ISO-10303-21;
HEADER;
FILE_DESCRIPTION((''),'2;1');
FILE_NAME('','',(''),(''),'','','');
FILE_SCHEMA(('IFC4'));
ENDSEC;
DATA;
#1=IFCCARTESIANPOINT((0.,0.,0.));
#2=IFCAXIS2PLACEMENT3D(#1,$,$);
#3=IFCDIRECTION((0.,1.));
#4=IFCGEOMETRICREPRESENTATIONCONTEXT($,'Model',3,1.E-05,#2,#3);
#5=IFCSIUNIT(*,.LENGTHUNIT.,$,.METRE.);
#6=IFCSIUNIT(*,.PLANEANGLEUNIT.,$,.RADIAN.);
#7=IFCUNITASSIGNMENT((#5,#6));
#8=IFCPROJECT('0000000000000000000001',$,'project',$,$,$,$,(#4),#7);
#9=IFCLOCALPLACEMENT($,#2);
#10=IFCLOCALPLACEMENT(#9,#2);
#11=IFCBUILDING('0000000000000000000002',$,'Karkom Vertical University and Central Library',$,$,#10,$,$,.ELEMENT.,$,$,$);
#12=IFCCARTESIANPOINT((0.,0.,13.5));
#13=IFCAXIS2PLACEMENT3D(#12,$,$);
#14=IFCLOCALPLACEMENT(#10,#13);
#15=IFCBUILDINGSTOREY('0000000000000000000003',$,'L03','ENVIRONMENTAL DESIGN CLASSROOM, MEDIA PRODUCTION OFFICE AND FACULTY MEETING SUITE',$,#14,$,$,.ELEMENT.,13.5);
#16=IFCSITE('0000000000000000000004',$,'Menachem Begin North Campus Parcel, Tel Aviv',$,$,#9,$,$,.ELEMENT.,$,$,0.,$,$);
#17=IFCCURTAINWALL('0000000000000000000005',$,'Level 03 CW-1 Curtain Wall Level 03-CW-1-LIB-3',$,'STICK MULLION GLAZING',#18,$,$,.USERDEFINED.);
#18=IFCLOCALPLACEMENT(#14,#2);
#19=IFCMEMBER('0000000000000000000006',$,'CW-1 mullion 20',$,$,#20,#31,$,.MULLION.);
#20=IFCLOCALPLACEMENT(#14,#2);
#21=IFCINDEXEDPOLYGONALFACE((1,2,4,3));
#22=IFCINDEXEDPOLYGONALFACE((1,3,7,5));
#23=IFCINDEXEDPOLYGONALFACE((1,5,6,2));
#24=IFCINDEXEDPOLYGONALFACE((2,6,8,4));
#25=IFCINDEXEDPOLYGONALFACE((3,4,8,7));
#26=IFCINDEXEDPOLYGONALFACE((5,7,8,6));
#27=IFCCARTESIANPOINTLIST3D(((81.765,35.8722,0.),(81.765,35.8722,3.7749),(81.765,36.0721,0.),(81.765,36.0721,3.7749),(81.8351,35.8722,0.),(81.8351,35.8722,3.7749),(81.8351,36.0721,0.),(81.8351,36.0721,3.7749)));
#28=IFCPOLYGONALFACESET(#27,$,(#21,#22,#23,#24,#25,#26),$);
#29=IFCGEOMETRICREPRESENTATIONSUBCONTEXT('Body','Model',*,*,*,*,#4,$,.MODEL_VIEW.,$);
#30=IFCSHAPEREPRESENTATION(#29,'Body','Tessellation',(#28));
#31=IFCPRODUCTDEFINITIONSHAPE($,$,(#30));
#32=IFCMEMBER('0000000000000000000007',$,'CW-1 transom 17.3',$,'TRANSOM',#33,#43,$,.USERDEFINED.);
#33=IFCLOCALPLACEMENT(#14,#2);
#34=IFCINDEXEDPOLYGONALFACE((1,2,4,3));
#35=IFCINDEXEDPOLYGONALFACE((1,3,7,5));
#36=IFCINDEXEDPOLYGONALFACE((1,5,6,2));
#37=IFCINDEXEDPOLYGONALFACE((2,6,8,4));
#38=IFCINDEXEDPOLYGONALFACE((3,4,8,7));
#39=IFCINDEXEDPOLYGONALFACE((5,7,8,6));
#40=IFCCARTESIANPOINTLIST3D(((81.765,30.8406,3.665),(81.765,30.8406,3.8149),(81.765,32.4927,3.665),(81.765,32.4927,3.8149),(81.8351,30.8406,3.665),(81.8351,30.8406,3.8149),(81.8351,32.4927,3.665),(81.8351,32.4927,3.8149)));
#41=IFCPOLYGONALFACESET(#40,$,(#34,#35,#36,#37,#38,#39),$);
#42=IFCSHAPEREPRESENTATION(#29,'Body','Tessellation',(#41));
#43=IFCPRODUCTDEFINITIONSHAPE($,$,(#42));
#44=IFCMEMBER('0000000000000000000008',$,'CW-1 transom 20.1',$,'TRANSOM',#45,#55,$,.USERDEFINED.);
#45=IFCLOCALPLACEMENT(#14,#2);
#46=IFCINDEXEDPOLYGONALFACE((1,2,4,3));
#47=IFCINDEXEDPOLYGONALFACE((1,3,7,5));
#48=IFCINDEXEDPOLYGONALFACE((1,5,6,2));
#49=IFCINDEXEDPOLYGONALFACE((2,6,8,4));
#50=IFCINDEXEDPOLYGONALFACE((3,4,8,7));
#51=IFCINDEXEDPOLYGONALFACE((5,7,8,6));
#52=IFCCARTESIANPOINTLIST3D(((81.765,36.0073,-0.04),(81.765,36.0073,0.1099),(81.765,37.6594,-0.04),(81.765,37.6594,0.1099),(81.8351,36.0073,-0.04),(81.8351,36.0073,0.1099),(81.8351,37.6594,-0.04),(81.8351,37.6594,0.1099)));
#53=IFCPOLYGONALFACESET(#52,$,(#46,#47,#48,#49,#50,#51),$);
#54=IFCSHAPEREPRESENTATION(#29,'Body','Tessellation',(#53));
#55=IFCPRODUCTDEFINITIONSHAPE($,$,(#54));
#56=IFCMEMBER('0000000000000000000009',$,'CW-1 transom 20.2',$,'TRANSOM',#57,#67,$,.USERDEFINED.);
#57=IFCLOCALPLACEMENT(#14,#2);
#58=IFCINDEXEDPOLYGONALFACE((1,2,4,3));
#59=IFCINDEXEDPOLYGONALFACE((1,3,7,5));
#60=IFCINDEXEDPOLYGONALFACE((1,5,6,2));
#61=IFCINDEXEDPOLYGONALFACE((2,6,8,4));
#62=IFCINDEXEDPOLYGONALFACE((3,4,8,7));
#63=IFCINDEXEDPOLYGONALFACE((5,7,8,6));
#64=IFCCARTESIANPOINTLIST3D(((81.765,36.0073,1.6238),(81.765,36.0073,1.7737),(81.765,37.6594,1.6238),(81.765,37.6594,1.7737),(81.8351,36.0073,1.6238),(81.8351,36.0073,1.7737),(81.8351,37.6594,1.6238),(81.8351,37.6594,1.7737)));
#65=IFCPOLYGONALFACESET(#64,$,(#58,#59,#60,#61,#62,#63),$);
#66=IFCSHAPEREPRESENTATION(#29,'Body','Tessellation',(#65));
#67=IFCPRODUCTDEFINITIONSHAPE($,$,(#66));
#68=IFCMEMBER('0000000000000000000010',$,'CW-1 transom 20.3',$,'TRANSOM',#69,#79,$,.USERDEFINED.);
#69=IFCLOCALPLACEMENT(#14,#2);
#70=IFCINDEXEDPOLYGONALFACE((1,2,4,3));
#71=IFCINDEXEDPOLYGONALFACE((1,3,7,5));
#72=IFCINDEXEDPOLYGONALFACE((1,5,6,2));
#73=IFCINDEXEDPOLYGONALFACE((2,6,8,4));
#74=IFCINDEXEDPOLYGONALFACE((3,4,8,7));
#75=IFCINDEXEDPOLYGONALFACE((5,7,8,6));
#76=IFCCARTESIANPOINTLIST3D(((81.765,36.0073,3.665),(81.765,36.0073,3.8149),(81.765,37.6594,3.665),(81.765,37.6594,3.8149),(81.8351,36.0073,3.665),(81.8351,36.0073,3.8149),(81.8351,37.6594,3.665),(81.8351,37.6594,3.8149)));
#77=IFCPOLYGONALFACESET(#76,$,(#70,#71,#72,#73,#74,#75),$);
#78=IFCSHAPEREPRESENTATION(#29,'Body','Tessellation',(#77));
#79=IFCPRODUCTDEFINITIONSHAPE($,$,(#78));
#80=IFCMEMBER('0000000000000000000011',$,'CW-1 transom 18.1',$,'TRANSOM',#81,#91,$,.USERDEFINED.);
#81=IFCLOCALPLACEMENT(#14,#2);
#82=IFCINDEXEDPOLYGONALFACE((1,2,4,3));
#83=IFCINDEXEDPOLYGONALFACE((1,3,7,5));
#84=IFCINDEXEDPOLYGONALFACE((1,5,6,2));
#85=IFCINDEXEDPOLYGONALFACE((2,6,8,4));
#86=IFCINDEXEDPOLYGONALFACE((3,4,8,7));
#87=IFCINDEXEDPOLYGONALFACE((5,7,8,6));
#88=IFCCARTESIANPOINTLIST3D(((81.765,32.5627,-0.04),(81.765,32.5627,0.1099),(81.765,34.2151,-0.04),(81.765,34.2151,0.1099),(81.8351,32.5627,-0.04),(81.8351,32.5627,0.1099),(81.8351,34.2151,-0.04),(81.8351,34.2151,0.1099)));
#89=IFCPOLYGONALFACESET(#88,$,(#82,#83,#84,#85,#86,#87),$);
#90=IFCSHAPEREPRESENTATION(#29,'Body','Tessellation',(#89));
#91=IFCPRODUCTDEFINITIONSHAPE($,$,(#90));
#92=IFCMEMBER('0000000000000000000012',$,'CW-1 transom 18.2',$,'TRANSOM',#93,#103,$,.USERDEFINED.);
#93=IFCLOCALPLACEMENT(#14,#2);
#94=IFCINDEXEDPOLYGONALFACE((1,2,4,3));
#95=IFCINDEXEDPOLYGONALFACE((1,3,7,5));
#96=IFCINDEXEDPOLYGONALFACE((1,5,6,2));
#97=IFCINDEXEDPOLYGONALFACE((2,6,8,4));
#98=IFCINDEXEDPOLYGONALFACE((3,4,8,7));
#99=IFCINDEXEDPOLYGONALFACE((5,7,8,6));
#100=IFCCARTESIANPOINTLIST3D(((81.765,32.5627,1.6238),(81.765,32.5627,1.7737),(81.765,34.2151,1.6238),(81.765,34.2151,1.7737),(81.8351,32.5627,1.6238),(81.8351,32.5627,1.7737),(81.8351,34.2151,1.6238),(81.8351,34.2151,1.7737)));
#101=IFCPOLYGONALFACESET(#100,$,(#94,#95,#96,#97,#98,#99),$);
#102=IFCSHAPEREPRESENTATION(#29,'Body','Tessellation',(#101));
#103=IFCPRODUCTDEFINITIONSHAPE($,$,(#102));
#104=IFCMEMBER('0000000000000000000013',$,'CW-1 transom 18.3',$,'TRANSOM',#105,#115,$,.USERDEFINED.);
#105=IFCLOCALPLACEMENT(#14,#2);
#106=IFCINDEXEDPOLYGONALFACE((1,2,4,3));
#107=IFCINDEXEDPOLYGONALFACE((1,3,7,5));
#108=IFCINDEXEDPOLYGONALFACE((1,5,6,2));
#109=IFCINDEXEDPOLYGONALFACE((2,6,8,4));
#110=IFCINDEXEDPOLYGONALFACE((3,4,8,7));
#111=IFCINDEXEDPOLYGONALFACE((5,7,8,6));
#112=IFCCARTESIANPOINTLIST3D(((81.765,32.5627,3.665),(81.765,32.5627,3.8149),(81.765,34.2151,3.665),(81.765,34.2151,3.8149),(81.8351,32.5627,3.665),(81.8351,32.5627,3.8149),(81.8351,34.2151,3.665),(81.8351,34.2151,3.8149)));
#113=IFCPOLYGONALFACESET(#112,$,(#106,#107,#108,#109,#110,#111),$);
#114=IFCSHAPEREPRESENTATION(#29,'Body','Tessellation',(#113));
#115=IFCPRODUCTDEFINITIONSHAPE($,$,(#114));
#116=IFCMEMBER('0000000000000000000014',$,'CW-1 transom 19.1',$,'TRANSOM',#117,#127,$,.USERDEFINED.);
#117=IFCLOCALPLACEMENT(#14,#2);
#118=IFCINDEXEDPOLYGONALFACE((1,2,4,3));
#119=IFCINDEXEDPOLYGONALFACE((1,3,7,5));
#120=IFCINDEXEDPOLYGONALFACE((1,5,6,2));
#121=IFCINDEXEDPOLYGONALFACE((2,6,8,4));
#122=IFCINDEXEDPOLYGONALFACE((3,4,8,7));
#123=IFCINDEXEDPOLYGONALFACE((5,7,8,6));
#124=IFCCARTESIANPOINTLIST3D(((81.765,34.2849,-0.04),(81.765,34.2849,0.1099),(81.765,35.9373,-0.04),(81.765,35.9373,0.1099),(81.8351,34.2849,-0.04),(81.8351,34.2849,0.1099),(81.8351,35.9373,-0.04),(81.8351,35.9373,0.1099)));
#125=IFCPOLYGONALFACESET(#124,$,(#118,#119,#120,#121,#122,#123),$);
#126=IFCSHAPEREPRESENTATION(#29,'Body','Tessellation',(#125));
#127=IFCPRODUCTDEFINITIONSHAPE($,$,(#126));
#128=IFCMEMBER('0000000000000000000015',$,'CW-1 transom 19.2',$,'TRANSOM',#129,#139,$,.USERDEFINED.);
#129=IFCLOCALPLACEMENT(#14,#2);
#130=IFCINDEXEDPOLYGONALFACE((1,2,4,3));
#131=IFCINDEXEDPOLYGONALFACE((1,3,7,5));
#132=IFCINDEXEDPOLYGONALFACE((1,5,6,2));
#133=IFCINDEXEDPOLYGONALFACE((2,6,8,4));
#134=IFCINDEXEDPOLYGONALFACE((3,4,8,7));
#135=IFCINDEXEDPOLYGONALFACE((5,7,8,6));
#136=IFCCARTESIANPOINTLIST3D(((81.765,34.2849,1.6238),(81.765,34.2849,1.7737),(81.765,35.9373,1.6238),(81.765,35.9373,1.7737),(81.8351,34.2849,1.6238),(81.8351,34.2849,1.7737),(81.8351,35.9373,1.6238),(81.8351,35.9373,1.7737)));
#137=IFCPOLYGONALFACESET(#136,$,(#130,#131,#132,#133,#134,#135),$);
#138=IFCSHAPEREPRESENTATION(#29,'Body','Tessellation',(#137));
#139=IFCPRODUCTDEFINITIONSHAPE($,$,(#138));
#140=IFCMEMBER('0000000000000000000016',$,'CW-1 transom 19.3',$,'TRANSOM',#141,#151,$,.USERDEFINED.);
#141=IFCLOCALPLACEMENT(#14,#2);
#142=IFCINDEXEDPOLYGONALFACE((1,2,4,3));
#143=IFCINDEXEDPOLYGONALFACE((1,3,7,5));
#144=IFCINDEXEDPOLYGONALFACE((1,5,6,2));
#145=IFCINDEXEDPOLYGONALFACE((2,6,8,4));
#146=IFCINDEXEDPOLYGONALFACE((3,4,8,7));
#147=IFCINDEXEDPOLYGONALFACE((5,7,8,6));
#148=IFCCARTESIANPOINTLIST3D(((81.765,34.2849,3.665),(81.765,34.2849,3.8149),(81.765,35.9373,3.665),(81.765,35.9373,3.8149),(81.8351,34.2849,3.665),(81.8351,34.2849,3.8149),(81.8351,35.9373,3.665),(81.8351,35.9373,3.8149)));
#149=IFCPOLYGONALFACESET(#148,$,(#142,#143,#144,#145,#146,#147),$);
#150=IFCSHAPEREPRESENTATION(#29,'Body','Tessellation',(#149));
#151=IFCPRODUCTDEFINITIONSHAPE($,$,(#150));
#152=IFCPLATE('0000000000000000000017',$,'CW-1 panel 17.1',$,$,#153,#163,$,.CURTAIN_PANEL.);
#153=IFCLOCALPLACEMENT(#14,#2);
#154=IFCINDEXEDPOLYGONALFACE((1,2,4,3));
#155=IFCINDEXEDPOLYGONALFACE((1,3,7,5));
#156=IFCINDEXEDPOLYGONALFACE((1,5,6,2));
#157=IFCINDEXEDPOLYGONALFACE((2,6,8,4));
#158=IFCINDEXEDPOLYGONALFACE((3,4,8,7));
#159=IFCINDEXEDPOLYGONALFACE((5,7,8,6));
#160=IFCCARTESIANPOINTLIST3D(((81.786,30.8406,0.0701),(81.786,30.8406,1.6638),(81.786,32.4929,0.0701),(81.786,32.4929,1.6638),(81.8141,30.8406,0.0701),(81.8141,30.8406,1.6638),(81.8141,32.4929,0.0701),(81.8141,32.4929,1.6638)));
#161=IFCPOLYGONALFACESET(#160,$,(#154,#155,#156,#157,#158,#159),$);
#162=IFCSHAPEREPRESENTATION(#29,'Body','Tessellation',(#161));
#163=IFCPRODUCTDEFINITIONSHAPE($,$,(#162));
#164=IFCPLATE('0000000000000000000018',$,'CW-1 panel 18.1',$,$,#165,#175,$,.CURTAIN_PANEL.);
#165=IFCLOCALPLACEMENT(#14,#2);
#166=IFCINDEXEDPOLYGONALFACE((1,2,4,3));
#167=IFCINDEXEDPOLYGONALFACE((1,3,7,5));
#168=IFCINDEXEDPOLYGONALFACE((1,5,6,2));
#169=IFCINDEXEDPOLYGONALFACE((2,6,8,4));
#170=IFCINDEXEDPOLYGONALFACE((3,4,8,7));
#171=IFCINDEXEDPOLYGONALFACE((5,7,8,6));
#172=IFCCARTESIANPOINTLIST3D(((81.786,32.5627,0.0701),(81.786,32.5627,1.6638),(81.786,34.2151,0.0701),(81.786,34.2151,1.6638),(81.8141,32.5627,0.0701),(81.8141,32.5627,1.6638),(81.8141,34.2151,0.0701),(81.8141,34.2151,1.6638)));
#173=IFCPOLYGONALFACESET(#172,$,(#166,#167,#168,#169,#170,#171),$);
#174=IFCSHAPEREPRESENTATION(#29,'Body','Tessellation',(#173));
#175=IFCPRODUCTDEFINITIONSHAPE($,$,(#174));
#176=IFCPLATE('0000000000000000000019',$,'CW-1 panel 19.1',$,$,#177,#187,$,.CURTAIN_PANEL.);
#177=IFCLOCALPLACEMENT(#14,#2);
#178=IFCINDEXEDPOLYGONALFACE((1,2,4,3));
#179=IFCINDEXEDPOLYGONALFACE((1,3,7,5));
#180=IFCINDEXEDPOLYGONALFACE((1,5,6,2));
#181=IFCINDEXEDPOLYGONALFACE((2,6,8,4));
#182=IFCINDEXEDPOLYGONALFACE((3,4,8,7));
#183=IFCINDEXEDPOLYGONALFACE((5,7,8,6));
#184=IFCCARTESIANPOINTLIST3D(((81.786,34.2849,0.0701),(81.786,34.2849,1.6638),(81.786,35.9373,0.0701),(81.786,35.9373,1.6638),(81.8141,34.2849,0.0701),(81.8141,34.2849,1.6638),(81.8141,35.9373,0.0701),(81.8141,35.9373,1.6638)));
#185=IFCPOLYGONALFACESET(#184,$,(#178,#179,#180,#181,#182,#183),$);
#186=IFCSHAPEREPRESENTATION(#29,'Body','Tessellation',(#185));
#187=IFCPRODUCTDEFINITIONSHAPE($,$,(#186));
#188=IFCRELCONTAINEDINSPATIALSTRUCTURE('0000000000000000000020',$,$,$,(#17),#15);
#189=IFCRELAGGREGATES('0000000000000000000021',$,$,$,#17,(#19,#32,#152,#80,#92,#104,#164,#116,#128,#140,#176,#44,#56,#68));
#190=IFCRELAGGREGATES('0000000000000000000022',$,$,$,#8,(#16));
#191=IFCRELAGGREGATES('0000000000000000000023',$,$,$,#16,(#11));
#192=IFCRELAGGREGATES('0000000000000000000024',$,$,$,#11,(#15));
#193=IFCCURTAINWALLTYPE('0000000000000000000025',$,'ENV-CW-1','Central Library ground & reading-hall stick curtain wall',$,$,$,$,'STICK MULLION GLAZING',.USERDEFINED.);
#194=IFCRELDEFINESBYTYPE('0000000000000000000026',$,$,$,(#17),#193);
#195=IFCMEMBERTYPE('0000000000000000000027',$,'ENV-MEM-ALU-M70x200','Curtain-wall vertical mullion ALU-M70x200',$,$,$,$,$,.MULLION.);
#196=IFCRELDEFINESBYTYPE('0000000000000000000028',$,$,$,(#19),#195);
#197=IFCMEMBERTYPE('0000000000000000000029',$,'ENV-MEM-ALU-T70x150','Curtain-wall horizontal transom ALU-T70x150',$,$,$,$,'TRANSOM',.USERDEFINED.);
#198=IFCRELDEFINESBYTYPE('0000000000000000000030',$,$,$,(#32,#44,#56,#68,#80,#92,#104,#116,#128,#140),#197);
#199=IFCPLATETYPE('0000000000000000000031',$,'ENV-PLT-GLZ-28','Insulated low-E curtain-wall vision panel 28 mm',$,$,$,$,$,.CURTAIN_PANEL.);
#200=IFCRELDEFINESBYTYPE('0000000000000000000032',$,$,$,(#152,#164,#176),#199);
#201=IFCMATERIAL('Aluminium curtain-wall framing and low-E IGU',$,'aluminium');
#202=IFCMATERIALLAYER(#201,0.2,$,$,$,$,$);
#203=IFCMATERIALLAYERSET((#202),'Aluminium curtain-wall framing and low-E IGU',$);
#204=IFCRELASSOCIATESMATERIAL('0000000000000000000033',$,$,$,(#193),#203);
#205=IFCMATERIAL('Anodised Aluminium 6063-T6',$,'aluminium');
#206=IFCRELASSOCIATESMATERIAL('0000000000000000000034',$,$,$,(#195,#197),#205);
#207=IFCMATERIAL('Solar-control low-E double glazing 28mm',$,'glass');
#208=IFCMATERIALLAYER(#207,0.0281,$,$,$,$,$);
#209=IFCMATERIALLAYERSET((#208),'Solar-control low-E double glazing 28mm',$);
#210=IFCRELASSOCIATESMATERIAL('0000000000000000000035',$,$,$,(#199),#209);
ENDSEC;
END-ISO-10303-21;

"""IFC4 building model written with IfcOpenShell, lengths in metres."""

from ifc_helpers import new_model, si_unit, direction, frame, origin, origin_with_axes, origin_2d, place, context, subcontext, project, spatial, rectangle, extrude, source, transform, mapped, material, layer, layer_set, material_profile, profile_set, type_object, element, aggregate, save


model = new_model("IFC4")

# Units and contexts
model_context = context("Model", 3, precision=1e-05, world=origin(), true_north=direction((0.0, 1.0)))
body_context = subcontext(model_context, "Body", "Model", "MODEL_VIEW")
ifc_project = project(units=[si_unit("LENGTHUNIT", "METRE"), si_unit("PLANEANGLEUNIT", "RADIAN")], contexts=[model_context])

# Site, building, storey
site_placement = place(None, origin())
site = spatial("IfcSite", under=ifc_project, at=site_placement, Name="Menachem Begin North Campus Parcel, Tel Aviv", CompositionType="ELEMENT", RefElevation=0.0)
building_placement = place(site_placement, origin())
building = spatial("IfcBuilding", under=site, at=building_placement, Name="Karkom Vertical University and Central Library", CompositionType="ELEMENT")
storey_placement = place(building_placement, frame((0.0, 0.0, 13.5)))
storey = spatial("IfcBuildingStorey", under=building, at=storey_placement, Name="L03", Description="ENVIRONMENTAL DESIGN CLASSROOM, MEDIA PRODUCTION OFFICE AND FACULTY MEETING SUITE", CompositionType="ELEMENT", Elevation=13.5)

# Curtain wall, members, plates
ifc_material_1 = material(Name="Aluminium curtain-wall framing and low-E IGU", Category="aluminium")
ifc_layer_1 = layer(ifc_material_1, 0.2)
ifc_layer_set_1 = layer_set([ifc_layer_1], Name="Aluminium curtain-wall framing and low-E IGU")
curtain_wall_type = type_object("IfcCurtainWallType", Name="ENV-CW-1", Description="Central Library ground & reading-hall stick curtain wall", ElementType="STICK MULLION GLAZING", PredefinedType="USERDEFINED", material=ifc_layer_set_1)
curtain_wall_placement = place(storey_placement, origin())
curtain_wall = element("IfcCurtainWall", 1, at=curtain_wall_placement, inside=storey, type_object=curtain_wall_type, Name="Level 03 CW-1 Curtain Wall Level 03-CW-1-LIB-3", ObjectType="STICK MULLION GLAZING", PredefinedType="USERDEFINED")
ifc_material_2 = material(Name="Anodised Aluminium 6063-T6", Category="aluminium")
ifc_material_profile_1 = material_profile(ifc_material_2, rectangle(XDim=0.0701, YDim=0.2, at=origin_2d()), Name="ALU-M70x200")
ifc_profile_set_1 = profile_set([ifc_material_profile_1], Name="Anodised Aluminium 6063-T6")
member_type_1 = type_object("IfcMemberType", Name="ENV-MEM-ALU-M70x200", Description="Curtain-wall vertical mullion ALU-M70x200", PredefinedType="MULLION", material=ifc_profile_set_1)
shared_shape_1 = source(origin_with_axes(), body_context, "Body", "SweptSolid", [
    extrude(rectangle(XDim=0.0701, YDim=0.2, at=origin_2d()), origin(), (0.0, 0.0, 1.0), 3.7749),
])
member_1_placement = place(storey_placement, frame((81.8, 35.9722, 0.0), z_axis=(0.0, 0.0, 1.0), x_axis=(-1.0, 0.0, 0.0)))
member_1 = element("IfcMember", 2, at=member_1_placement, type_object=member_type_1, Name="CW-1 mullion 20", PredefinedType="MULLION", context=body_context, shape_type="MappedRepresentation", body=[
    mapped(shared_shape_1, transform((0.0, 0.0, 0.0), scale=1.0)),
])
ifc_material_profile_2 = material_profile(ifc_material_2, rectangle(XDim=0.0701, YDim=0.1499, at=origin_2d()), Name="ALU-T70x150")
ifc_profile_set_2 = profile_set([ifc_material_profile_2], Name="Anodised Aluminium 6063-T6")
member_type_2 = type_object("IfcMemberType", Name="ENV-MEM-ALU-T70x150", Description="Curtain-wall horizontal transom ALU-T70x150", ElementType="TRANSOM", PredefinedType="USERDEFINED", material=ifc_profile_set_2)
shared_shape_2 = source(origin_with_axes(), body_context, "Body", "SweptSolid", [
    extrude(rectangle(XDim=0.0701, YDim=0.1499, at=origin_2d()), origin(), (0.0, 0.0, 1.0), 1.6521),
])
member_2_placement = place(storey_placement, frame((81.8, 30.8406, 3.74), z_axis=(0.0, 1.0, 0.0), x_axis=(-1.0, 0.0, 0.0)))
member_2 = element("IfcMember", 3, at=member_2_placement, type_object=member_type_2, Name="CW-1 transom 17.3", ObjectType="TRANSOM", PredefinedType="USERDEFINED", context=body_context, shape_type="MappedRepresentation", body=[
    mapped(shared_shape_2, transform((0.0, 0.0, 0.0), scale=1.0)),
])
member_3_placement = place(storey_placement, frame((81.8, 36.0073, 0.0349), z_axis=(0.0, 1.0, 0.0), x_axis=(-1.0, 0.0, 0.0)))
member_3 = element("IfcMember", 4, at=member_3_placement, type_object=member_type_2, Name="CW-1 transom 20.1", ObjectType="TRANSOM", PredefinedType="USERDEFINED", context=body_context, shape_type="MappedRepresentation", body=[
    mapped(shared_shape_2, transform((0.0, 0.0, 0.0), scale=1.0)),
])
member_4_placement = place(storey_placement, frame((81.8, 36.0073, 1.6987), z_axis=(0.0, 1.0, 0.0), x_axis=(-1.0, 0.0, 0.0)))
member_4 = element("IfcMember", 5, at=member_4_placement, type_object=member_type_2, Name="CW-1 transom 20.2", ObjectType="TRANSOM", PredefinedType="USERDEFINED", context=body_context, shape_type="MappedRepresentation", body=[
    mapped(shared_shape_2, transform((0.0, 0.0, 0.0), scale=1.0)),
])
member_5_placement = place(storey_placement, frame((81.8, 36.0073, 3.74), z_axis=(0.0, 1.0, 0.0), x_axis=(-1.0, 0.0, 0.0)))
member_5 = element("IfcMember", 6, at=member_5_placement, type_object=member_type_2, Name="CW-1 transom 20.3", ObjectType="TRANSOM", PredefinedType="USERDEFINED", context=body_context, shape_type="MappedRepresentation", body=[
    mapped(shared_shape_2, transform((0.0, 0.0, 0.0), scale=1.0)),
])
shared_shape_3 = source(origin_with_axes(), body_context, "Body", "SweptSolid", [
    extrude(rectangle(XDim=0.0701, YDim=0.1499, at=origin_2d()), origin(), (0.0, 0.0, 1.0), 1.6523),
])
member_6_placement = place(storey_placement, frame((81.8, 32.5627, 0.0349), z_axis=(0.0, 1.0, 0.0), x_axis=(-1.0, 0.0, 0.0)))
member_6 = element("IfcMember", 7, at=member_6_placement, type_object=member_type_2, Name="CW-1 transom 18.1", ObjectType="TRANSOM", PredefinedType="USERDEFINED", context=body_context, shape_type="MappedRepresentation", body=[
    mapped(shared_shape_3, transform((0.0, 0.0, 0.0), scale=1.0)),
])
member_7_placement = place(storey_placement, frame((81.8, 32.5627, 1.6987), z_axis=(0.0, 1.0, 0.0), x_axis=(-1.0, 0.0, 0.0)))
member_7 = element("IfcMember", 8, at=member_7_placement, type_object=member_type_2, Name="CW-1 transom 18.2", ObjectType="TRANSOM", PredefinedType="USERDEFINED", context=body_context, shape_type="MappedRepresentation", body=[
    mapped(shared_shape_3, transform((0.0, 0.0, 0.0), scale=1.0)),
])
member_8_placement = place(storey_placement, frame((81.8, 32.5627, 3.74), z_axis=(0.0, 1.0, 0.0), x_axis=(-1.0, 0.0, 0.0)))
member_8 = element("IfcMember", 9, at=member_8_placement, type_object=member_type_2, Name="CW-1 transom 18.3", ObjectType="TRANSOM", PredefinedType="USERDEFINED", context=body_context, shape_type="MappedRepresentation", body=[
    mapped(shared_shape_3, transform((0.0, 0.0, 0.0), scale=1.0)),
])
member_9_placement = place(storey_placement, frame((81.8, 34.2849, 0.0349), z_axis=(0.0, 1.0, 0.0), x_axis=(-1.0, 0.0, 0.0)))
member_9 = element("IfcMember", 10, at=member_9_placement, type_object=member_type_2, Name="CW-1 transom 19.1", ObjectType="TRANSOM", PredefinedType="USERDEFINED", context=body_context, shape_type="MappedRepresentation", body=[
    mapped(shared_shape_3, transform((0.0, 0.0, 0.0), scale=1.0)),
])
member_10_placement = place(storey_placement, frame((81.8, 34.2849, 1.6987), z_axis=(0.0, 1.0, 0.0), x_axis=(-1.0, 0.0, 0.0)))
member_10 = element("IfcMember", 11, at=member_10_placement, type_object=member_type_2, Name="CW-1 transom 19.2", ObjectType="TRANSOM", PredefinedType="USERDEFINED", context=body_context, shape_type="MappedRepresentation", body=[
    mapped(shared_shape_3, transform((0.0, 0.0, 0.0), scale=1.0)),
])
member_11_placement = place(storey_placement, frame((81.8, 34.2849, 3.74), z_axis=(0.0, 1.0, 0.0), x_axis=(-1.0, 0.0, 0.0)))
member_11 = element("IfcMember", 12, at=member_11_placement, type_object=member_type_2, Name="CW-1 transom 19.3", ObjectType="TRANSOM", PredefinedType="USERDEFINED", context=body_context, shape_type="MappedRepresentation", body=[
    mapped(shared_shape_3, transform((0.0, 0.0, 0.0), scale=1.0)),
])
ifc_material_3 = material(Name="Solar-control low-E double glazing 28mm", Category="glass")
ifc_layer_2 = layer(ifc_material_3, 0.0281)
ifc_layer_set_2 = layer_set([ifc_layer_2], Name="Solar-control low-E double glazing 28mm")
plate_type = type_object("IfcPlateType", Name="ENV-PLT-GLZ-28", Description="Insulated low-E curtain-wall vision panel 28 mm", PredefinedType="CURTAIN_PANEL", material=ifc_layer_set_2)
shared_shape_4 = source(origin_with_axes(), body_context, "Body", "SweptSolid", [
    extrude(rectangle(XDim=1.6523, YDim=0.0281, at=origin_2d()), origin(), (0.0, 0.0, 1.0), 1.5938),
])
plate_1_placement = place(storey_placement, frame((81.8, 31.6667, 0.0701), z_axis=(0.0, 0.0, 1.0), x_axis=(0.0, 1.0, 0.0)))
plate_1 = element("IfcPlate", 13, at=plate_1_placement, type_object=plate_type, Name="CW-1 panel 17.1", PredefinedType="CURTAIN_PANEL", context=body_context, shape_type="MappedRepresentation", body=[
    mapped(shared_shape_4, transform((0.0, 0.0, 0.0), scale=1.0)),
])
plate_2_placement = place(storey_placement, frame((81.8, 33.3889, 0.0701), z_axis=(0.0, 0.0, 1.0), x_axis=(0.0, 1.0, 0.0)))
plate_2 = element("IfcPlate", 14, at=plate_2_placement, type_object=plate_type, Name="CW-1 panel 18.1", PredefinedType="CURTAIN_PANEL", context=body_context, shape_type="MappedRepresentation", body=[
    mapped(shared_shape_4, transform((0.0, 0.0, 0.0), scale=1.0)),
])
plate_3_placement = place(storey_placement, frame((81.8, 35.1111, 0.0701), z_axis=(0.0, 0.0, 1.0), x_axis=(0.0, 1.0, 0.0)))
plate_3 = element("IfcPlate", 15, at=plate_3_placement, type_object=plate_type, Name="CW-1 panel 19.1", PredefinedType="CURTAIN_PANEL", context=body_context, shape_type="MappedRepresentation", body=[
    mapped(shared_shape_4, transform((0.0, 0.0, 0.0), scale=1.0)),
])
aggregate(curtain_wall, [member_1, member_2, plate_1, member_6, member_7, member_8, plate_2, member_9, member_10, member_11, plate_3, member_3, member_4, member_5])

save(model, "model.ifc")
